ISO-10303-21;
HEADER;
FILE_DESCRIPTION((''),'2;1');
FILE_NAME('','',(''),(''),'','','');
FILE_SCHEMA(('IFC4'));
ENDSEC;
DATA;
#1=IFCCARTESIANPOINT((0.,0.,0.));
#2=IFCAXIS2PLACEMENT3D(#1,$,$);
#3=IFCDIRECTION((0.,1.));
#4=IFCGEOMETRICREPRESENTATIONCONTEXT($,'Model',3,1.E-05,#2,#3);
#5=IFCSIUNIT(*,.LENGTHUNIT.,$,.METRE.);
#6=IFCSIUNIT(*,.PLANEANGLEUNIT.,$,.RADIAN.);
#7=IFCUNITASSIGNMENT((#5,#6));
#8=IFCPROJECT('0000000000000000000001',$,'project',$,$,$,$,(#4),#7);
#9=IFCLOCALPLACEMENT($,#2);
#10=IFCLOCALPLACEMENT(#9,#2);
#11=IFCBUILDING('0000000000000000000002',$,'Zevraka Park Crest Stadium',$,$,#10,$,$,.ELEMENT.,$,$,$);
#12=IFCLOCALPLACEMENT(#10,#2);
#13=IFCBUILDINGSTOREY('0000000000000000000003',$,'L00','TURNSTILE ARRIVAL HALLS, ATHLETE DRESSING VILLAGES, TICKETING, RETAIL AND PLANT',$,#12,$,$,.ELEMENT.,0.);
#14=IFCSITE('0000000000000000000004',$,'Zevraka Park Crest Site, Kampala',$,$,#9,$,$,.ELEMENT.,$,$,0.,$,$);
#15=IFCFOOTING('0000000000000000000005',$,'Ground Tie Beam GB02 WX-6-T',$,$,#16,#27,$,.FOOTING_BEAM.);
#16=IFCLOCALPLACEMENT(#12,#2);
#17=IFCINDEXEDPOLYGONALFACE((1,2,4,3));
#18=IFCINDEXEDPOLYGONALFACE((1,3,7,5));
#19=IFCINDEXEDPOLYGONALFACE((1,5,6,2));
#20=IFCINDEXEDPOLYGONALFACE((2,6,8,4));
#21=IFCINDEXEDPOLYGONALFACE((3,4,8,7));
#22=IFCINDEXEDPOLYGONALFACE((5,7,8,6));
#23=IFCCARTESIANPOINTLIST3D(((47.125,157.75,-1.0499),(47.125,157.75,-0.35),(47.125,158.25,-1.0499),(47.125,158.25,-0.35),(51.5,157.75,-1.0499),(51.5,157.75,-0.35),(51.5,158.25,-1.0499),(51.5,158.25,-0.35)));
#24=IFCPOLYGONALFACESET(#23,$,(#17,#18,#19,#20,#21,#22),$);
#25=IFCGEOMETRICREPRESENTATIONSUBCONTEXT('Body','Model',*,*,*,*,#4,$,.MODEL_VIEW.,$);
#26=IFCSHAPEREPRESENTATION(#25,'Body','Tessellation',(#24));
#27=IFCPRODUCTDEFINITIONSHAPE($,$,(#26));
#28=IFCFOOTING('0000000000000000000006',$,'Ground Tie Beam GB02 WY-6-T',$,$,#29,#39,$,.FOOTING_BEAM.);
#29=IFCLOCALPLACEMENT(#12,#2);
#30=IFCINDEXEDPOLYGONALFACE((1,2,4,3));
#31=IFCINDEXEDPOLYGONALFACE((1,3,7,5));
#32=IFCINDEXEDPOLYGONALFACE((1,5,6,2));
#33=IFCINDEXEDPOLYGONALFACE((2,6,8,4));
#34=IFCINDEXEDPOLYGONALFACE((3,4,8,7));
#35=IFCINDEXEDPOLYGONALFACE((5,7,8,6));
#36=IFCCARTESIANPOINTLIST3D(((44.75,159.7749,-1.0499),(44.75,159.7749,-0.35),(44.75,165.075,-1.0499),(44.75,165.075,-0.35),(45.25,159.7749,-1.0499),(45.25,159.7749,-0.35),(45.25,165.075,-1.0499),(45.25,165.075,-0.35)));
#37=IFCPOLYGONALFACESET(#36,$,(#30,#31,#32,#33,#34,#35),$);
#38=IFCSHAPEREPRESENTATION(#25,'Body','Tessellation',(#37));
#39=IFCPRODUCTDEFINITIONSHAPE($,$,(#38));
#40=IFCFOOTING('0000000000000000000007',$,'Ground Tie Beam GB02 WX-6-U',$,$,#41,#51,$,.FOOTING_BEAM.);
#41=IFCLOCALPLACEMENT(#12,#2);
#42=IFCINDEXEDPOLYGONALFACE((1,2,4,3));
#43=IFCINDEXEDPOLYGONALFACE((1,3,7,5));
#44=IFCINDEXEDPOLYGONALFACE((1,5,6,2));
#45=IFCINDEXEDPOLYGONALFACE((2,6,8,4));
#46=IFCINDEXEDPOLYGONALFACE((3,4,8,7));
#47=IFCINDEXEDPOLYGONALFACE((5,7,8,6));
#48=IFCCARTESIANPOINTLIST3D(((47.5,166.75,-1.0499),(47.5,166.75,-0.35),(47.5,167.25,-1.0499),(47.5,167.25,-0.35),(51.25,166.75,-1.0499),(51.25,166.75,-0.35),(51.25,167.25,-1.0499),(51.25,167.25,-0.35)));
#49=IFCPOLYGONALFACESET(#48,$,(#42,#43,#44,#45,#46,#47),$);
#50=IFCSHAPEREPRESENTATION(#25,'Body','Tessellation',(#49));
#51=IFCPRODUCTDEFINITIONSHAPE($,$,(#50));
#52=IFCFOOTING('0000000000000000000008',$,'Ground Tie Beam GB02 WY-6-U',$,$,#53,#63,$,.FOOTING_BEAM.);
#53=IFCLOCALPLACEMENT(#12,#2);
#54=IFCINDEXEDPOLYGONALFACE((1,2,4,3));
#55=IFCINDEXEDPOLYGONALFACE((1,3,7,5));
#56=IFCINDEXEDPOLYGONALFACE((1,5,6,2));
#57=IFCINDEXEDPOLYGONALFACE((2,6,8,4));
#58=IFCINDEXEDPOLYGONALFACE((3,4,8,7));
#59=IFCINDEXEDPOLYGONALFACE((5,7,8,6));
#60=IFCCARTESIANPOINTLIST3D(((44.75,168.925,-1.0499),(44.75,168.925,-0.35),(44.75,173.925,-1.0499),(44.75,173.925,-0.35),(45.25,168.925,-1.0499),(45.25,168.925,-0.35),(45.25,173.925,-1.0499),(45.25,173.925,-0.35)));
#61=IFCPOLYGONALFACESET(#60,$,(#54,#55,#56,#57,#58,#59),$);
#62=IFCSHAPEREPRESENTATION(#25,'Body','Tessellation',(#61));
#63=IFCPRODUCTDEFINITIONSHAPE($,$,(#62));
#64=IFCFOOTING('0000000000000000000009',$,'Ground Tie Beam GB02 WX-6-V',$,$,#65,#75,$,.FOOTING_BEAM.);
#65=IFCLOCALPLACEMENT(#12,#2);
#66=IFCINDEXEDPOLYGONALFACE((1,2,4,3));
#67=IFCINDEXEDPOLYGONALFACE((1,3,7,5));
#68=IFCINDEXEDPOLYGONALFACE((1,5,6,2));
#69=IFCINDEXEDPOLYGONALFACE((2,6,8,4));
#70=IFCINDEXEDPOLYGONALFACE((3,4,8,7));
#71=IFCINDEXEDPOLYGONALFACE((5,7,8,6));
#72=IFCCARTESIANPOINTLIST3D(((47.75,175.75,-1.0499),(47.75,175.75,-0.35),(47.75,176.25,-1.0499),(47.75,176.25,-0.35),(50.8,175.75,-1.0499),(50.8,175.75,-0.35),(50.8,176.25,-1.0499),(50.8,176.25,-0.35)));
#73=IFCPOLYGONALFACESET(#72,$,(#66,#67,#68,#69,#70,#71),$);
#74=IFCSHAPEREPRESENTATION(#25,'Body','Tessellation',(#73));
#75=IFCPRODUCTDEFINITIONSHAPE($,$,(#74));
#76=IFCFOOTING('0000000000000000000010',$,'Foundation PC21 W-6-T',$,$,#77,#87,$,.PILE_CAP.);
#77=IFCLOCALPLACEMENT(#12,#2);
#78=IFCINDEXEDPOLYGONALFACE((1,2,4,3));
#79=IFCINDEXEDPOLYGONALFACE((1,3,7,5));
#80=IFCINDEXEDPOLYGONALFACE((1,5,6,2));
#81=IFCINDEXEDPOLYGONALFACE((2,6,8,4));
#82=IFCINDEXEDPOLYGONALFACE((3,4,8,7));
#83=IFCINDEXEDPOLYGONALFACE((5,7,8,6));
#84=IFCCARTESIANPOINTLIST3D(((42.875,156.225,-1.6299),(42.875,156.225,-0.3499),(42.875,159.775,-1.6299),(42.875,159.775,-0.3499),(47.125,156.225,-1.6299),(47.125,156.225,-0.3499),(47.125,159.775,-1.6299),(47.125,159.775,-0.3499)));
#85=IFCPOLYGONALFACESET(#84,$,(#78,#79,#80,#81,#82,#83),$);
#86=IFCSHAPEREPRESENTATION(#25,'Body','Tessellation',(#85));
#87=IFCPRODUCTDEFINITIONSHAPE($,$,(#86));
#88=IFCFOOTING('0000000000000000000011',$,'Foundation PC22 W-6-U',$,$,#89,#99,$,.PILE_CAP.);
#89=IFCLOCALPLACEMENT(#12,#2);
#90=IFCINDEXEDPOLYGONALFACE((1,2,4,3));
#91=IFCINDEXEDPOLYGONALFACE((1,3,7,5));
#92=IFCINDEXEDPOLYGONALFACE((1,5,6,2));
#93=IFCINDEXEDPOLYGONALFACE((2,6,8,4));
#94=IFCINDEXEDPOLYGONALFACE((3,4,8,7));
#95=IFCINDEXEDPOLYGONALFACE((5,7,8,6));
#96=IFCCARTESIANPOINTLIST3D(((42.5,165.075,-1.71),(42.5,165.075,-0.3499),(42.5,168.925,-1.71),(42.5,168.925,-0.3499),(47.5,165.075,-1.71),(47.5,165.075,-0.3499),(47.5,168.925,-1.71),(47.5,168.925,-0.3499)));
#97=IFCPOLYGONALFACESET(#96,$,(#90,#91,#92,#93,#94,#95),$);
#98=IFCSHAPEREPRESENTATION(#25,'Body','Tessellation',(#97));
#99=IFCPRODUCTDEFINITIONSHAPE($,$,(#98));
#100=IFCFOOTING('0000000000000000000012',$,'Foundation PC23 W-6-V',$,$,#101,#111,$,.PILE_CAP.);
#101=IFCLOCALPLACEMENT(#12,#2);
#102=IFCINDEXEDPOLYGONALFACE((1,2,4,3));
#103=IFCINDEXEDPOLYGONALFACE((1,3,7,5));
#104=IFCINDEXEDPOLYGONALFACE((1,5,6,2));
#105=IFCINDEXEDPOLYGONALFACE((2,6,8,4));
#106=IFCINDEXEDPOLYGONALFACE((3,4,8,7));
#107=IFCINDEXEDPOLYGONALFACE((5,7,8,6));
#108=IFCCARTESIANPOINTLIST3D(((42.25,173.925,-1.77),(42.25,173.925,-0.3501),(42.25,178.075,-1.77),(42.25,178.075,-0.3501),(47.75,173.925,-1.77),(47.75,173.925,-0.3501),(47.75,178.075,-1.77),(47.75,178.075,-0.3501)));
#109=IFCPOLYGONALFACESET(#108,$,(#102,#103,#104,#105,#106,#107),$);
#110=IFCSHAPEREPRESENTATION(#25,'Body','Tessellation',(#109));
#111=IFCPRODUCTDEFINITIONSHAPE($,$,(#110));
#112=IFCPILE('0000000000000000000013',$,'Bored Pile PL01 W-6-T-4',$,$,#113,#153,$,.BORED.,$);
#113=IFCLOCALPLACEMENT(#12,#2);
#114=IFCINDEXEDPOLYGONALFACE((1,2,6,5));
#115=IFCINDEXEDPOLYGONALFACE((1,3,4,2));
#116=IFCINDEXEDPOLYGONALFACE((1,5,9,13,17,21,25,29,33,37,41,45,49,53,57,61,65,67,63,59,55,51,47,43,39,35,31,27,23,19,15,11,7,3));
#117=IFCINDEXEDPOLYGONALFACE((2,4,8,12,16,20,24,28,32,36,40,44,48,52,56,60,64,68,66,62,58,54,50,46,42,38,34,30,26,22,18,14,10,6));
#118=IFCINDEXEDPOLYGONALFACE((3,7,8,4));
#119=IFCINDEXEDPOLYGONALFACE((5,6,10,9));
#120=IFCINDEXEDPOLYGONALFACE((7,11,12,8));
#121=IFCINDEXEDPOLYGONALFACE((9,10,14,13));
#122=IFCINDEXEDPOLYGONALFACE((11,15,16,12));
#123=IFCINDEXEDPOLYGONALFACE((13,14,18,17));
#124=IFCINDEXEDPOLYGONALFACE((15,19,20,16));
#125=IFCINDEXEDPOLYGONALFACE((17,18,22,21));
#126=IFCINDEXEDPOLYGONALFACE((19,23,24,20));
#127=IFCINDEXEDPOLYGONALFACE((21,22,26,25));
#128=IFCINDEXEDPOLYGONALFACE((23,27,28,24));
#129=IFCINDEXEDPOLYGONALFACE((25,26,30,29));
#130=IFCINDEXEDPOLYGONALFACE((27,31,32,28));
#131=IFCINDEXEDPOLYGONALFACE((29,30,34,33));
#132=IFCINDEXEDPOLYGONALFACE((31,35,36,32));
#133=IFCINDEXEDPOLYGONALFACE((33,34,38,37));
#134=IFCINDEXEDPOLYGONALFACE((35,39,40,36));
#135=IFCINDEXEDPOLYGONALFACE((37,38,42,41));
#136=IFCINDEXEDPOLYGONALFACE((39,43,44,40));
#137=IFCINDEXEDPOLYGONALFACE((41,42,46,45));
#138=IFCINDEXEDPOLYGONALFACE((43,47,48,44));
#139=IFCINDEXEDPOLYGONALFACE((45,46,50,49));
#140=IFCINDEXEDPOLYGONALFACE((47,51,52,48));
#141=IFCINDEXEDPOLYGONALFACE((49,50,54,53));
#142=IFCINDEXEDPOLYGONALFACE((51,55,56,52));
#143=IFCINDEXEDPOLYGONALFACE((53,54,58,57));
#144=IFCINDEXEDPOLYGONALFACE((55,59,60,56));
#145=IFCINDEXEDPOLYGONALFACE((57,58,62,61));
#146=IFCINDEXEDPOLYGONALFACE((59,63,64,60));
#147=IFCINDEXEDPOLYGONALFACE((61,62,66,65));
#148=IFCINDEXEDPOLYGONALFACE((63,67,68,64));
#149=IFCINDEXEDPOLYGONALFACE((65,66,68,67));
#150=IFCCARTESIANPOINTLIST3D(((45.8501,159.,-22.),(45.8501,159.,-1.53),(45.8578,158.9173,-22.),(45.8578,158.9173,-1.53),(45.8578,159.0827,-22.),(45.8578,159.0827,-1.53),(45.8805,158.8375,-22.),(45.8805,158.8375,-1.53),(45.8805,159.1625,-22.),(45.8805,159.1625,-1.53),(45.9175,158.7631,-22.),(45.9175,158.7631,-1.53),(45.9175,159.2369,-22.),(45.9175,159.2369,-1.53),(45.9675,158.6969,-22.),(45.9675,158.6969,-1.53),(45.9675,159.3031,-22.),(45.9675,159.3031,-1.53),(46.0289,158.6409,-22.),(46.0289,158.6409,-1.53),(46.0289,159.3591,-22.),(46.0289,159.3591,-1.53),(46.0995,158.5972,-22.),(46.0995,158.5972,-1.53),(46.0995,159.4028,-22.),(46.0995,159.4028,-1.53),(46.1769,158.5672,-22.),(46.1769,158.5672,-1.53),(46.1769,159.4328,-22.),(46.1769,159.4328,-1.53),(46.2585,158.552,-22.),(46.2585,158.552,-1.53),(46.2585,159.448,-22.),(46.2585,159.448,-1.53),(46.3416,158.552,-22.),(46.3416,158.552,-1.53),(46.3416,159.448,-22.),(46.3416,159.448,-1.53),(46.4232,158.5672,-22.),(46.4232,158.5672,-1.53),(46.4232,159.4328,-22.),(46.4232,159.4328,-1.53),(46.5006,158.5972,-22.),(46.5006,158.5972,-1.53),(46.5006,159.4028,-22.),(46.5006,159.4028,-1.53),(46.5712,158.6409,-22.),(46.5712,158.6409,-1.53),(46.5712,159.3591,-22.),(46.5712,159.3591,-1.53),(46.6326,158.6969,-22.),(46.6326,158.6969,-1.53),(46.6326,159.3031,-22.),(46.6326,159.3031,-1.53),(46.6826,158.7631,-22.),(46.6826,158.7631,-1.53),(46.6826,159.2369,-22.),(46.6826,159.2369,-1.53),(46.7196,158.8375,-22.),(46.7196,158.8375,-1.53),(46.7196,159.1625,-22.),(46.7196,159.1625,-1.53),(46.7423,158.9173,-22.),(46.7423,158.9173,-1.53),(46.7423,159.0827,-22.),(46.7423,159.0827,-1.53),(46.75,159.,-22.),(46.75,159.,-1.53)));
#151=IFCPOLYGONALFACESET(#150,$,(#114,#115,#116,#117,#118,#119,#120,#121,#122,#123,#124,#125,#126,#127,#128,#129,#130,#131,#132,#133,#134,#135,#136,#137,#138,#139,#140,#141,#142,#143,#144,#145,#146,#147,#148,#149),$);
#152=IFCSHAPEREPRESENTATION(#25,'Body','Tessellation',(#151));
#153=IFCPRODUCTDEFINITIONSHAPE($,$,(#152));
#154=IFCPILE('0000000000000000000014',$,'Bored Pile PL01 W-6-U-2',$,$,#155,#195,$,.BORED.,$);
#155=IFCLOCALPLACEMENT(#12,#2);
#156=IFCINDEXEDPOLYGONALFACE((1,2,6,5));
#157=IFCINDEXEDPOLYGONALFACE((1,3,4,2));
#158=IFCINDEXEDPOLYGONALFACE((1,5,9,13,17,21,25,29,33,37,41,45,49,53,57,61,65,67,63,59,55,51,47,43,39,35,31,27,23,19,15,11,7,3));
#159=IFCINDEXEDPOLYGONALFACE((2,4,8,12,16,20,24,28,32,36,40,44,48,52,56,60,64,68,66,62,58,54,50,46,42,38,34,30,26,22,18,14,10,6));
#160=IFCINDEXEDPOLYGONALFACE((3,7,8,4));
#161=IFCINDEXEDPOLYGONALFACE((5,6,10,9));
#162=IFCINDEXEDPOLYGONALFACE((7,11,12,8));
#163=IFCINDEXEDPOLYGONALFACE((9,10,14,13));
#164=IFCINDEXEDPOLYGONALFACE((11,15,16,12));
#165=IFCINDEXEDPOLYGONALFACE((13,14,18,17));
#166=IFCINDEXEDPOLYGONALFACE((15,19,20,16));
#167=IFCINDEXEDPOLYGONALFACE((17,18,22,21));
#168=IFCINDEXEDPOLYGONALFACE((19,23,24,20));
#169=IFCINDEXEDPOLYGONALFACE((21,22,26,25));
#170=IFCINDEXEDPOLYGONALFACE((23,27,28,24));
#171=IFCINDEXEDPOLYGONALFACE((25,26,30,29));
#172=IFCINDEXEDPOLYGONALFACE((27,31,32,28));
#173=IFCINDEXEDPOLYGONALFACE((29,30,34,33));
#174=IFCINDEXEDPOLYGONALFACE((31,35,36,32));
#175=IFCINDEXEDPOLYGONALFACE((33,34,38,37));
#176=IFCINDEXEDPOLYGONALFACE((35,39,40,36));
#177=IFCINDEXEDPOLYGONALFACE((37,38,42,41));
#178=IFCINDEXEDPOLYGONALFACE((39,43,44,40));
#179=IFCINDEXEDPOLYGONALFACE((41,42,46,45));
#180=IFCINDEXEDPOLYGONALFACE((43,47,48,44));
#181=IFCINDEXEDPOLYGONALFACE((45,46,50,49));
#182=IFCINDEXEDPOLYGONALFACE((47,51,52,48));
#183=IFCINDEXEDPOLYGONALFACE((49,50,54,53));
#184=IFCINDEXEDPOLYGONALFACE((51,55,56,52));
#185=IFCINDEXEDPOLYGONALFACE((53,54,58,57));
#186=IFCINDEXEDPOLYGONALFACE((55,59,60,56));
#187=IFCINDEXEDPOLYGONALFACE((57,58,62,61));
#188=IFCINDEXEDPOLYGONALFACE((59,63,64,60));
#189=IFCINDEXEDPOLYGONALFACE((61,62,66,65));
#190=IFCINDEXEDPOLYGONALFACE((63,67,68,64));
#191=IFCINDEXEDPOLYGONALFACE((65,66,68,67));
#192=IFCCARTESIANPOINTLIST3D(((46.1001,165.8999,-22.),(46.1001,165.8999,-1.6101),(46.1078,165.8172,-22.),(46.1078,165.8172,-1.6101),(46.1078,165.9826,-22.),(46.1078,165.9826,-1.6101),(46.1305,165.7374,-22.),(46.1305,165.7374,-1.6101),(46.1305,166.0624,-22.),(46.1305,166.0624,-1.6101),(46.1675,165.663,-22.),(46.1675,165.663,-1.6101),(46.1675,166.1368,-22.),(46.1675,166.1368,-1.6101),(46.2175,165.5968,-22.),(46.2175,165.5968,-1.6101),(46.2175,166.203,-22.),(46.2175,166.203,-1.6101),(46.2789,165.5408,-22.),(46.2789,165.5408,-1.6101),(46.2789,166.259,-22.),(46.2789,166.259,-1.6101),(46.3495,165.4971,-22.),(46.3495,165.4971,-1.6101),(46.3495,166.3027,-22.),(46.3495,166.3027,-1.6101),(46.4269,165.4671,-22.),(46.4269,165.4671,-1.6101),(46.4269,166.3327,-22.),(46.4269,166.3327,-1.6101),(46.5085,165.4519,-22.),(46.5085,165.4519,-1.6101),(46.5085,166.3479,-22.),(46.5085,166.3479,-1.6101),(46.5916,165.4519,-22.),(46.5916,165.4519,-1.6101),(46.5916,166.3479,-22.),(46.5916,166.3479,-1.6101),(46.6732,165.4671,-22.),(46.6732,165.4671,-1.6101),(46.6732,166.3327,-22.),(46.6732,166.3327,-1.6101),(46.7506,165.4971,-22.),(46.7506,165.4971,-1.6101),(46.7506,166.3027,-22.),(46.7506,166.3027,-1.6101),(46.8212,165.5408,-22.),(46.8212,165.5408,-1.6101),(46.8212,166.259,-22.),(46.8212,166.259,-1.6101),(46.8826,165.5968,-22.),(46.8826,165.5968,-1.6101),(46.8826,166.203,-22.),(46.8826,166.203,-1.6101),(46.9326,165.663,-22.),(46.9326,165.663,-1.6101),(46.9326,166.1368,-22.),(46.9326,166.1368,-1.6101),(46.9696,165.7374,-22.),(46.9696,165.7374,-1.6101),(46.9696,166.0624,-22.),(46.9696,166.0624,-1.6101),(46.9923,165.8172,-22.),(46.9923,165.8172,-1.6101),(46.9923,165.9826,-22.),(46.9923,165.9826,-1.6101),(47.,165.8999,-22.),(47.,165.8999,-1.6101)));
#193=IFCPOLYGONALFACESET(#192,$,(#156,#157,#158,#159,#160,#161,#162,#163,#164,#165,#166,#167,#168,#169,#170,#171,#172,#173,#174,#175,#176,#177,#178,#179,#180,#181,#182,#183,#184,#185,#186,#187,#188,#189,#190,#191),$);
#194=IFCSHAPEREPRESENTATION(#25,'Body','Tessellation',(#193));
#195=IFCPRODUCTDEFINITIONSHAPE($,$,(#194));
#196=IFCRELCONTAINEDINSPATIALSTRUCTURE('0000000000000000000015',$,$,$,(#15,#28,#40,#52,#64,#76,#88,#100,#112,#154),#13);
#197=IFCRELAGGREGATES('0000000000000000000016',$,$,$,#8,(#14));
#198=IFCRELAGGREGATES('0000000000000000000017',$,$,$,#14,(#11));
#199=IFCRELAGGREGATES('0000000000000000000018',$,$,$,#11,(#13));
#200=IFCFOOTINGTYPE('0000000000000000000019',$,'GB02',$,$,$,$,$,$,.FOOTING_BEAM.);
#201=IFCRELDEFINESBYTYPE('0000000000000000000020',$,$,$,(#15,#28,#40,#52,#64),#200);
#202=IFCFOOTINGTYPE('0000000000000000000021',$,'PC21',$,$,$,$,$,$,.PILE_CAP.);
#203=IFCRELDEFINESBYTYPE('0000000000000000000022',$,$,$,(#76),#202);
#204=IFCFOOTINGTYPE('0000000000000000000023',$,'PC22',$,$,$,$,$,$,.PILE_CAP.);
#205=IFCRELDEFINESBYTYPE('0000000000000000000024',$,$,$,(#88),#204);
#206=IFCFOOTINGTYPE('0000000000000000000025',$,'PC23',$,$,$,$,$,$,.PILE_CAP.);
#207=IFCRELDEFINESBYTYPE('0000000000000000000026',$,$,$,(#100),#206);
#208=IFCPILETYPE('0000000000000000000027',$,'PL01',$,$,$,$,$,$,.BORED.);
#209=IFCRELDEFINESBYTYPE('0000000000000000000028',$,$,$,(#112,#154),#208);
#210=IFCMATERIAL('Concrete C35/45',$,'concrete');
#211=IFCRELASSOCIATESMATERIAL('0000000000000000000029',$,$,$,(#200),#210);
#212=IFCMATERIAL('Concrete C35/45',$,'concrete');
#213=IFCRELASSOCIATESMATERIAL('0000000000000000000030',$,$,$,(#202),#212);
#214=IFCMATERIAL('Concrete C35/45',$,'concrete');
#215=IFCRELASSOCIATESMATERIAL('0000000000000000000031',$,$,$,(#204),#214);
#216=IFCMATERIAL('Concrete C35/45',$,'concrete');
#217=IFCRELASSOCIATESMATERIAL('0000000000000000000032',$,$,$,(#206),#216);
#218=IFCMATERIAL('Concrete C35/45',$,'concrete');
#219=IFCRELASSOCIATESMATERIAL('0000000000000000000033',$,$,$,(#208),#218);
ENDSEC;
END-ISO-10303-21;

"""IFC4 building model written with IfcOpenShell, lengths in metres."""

from ifc_helpers import new_model, si_unit, direction, frame, origin, origin_2d, place, context, subcontext, project, spatial, rectangle, circle, extrude, material, material_profile, profile_set, type_object, element, save


model = new_model("IFC4")

# Units and contexts
model_context = context("Model", 3, precision=1e-05, world=origin(), true_north=direction((0.0, 1.0)))
body_context = subcontext(model_context, "Body", "Model", "MODEL_VIEW")
ifc_project = project(units=[si_unit("LENGTHUNIT", "METRE"), si_unit("PLANEANGLEUNIT", "RADIAN")], contexts=[model_context])

# Site, building, storey
site_placement = place(None, origin())
site = spatial("IfcSite", under=ifc_project, at=site_placement, Name="Zevraka Park Crest Site, Kampala", CompositionType="ELEMENT", RefElevation=0.0)
building_placement = place(site_placement, origin())
building = spatial("IfcBuilding", under=site, at=building_placement, Name="Zevraka Park Crest Stadium", CompositionType="ELEMENT")
storey_placement = place(building_placement, origin())
storey = spatial("IfcBuildingStorey", under=building, at=storey_placement, Name="L00", Description="TURNSTILE ARRIVAL HALLS, ATHLETE DRESSING VILLAGES, TICKETING, RETAIL AND PLANT", CompositionType="ELEMENT", Elevation=0.0)

# Footings
ifc_material_1 = material(Name="Concrete C35/45", Category="concrete")
ifc_material_profile_1 = material_profile(ifc_material_1, rectangle(XDim=0.5, YDim=0.7, at=origin_2d()), Name="GB 700x500")
ifc_profile_set_1 = profile_set([ifc_material_profile_1], Name="Concrete C35/45")
footing_type_1 = type_object("IfcFootingType", Name="GB02", PredefinedType="FOOTING_BEAM", material=ifc_profile_set_1)
footing_1_placement = place(storey_placement, frame((47.125, 158.0, -0.7), z_axis=(1.0, 0.0, 0.0), x_axis=(0.0, 1.0, 0.0)))
element("IfcFooting", 1, at=footing_1_placement, inside=storey, type_object=footing_type_1, Name="Ground Tie Beam GB02 WX-6-T", PredefinedType="FOOTING_BEAM", context=body_context, shape_type="SweptSolid", body=[
    extrude(rectangle(XDim=0.5, YDim=0.7, at=origin_2d()), origin(), (0.0, 0.0, 1.0), 4.375),
])
footing_2_placement = place(storey_placement, frame((45.0, 159.7749, -0.7), z_axis=(0.0, 1.0, 0.0), x_axis=(-1.0, 0.0, 0.0)))
element("IfcFooting", 2, at=footing_2_placement, inside=storey, type_object=footing_type_1, Name="Ground Tie Beam GB02 WY-6-T", PredefinedType="FOOTING_BEAM", context=body_context, shape_type="SweptSolid", body=[
    extrude(rectangle(XDim=0.5, YDim=0.7, at=origin_2d()), origin(), (0.0, 0.0, 1.0), 5.3),
])
footing_3_placement = place(storey_placement, frame((47.5, 167.0, -0.7), z_axis=(1.0, 0.0, 0.0), x_axis=(0.0, 1.0, 0.0)))
element("IfcFooting", 3, at=footing_3_placement, inside=storey, type_object=footing_type_1, Name="Ground Tie Beam GB02 WX-6-U", PredefinedType="FOOTING_BEAM", context=body_context, shape_type="SweptSolid", body=[
    extrude(rectangle(XDim=0.5, YDim=0.7, at=origin_2d()), origin(), (0.0, 0.0, 1.0), 3.75),
])
footing_4_placement = place(storey_placement, frame((45.0, 168.925, -0.7), z_axis=(0.0, 1.0, 0.0), x_axis=(-1.0, 0.0, 0.0)))
element("IfcFooting", 4, at=footing_4_placement, inside=storey, type_object=footing_type_1, Name="Ground Tie Beam GB02 WY-6-U", PredefinedType="FOOTING_BEAM", context=body_context, shape_type="SweptSolid", body=[
    extrude(rectangle(XDim=0.5, YDim=0.7, at=origin_2d()), origin(), (0.0, 0.0, 1.0), 5.0),
])
footing_5_placement = place(storey_placement, frame((47.75, 176.0, -0.7), z_axis=(1.0, 0.0, 0.0), x_axis=(0.0, 1.0, 0.0)))
element("IfcFooting", 5, at=footing_5_placement, inside=storey, type_object=footing_type_1, Name="Ground Tie Beam GB02 WX-6-V", PredefinedType="FOOTING_BEAM", context=body_context, shape_type="SweptSolid", body=[
    extrude(rectangle(XDim=0.5, YDim=0.7, at=origin_2d()), origin(), (0.0, 0.0, 1.0), 3.05),
])
ifc_material_2 = material(Name="Concrete C35/45", Category="concrete")
footing_type_2 = type_object("IfcFootingType", Name="PC21", PredefinedType="PILE_CAP", material=ifc_material_2)
footing_6_placement = place(storey_placement, frame((45.0, 158.0, -1.6299), z_axis=(0.0, 0.0, 1.0), x_axis=(1.0, 0.0, 0.0)))
element("IfcFooting", 6, at=footing_6_placement, inside=storey, type_object=footing_type_2, Name="Foundation PC21 W-6-T", PredefinedType="PILE_CAP", context=body_context, shape_type="SweptSolid", body=[
    extrude(rectangle(XDim=4.25, YDim=3.55, at=origin_2d()), origin(), (0.0, 0.0, 1.0), 1.28),
])
ifc_material_3 = material(Name="Concrete C35/45", Category="concrete")
footing_type_3 = type_object("IfcFootingType", Name="PC22", PredefinedType="PILE_CAP", material=ifc_material_3)
footing_7_placement = place(storey_placement, frame((45.0, 167.0, -1.71), z_axis=(0.0, 0.0, 1.0), x_axis=(1.0, 0.0, 0.0)))
element("IfcFooting", 7, at=footing_7_placement, inside=storey, type_object=footing_type_3, Name="Foundation PC22 W-6-U", PredefinedType="PILE_CAP", context=body_context, shape_type="SweptSolid", body=[
    extrude(rectangle(XDim=5.0, YDim=3.8501, at=origin_2d()), origin(), (0.0, 0.0, 1.0), 1.3601),
])
ifc_material_4 = material(Name="Concrete C35/45", Category="concrete")
footing_type_4 = type_object("IfcFootingType", Name="PC23", PredefinedType="PILE_CAP", material=ifc_material_4)
footing_8_placement = place(storey_placement, frame((45.0, 176.0, -1.77), z_axis=(0.0, 0.0, 1.0), x_axis=(1.0, 0.0, 0.0)))
element("IfcFooting", 8, at=footing_8_placement, inside=storey, type_object=footing_type_4, Name="Foundation PC23 W-6-V", PredefinedType="PILE_CAP", context=body_context, shape_type="SweptSolid", body=[
    extrude(rectangle(XDim=5.5, YDim=4.1499, at=origin_2d()), origin(), (0.0, 0.0, 1.0), 1.4199),
])

# Piles
ifc_material_5 = material(Name="Concrete C35/45", Category="concrete")
ifc_material_profile_2 = material_profile(ifc_material_5, circle(Radius=0.45, at=origin_2d()), Name="PILE D900")
ifc_profile_set_2 = profile_set([ifc_material_profile_2], Name="Concrete C35/45")
pile_type_1 = type_object("IfcPileType", Name="PL01", PredefinedType="BORED", material=ifc_profile_set_2)
pile_1_placement = place(storey_placement, frame((46.3, 159.0, -1.53), z_axis=(0.0, 0.0, -1.0), x_axis=(1.0, 0.0, 0.0)))
element("IfcPile", 9, at=pile_1_placement, inside=storey, type_object=pile_type_1, Name="Bored Pile PL01 W-6-T-4", PredefinedType="BORED", context=body_context, shape_type="SweptSolid", body=[
    extrude(circle(Radius=0.45, at=origin_2d()), origin(), (0.0, 0.0, 1.0), 20.47),
])
for number, where, z_axis, x_axis, name in (
    (10, (46.55, 165.8999, -1.6101), (0.0, 0.0, -1.0), (1.0, 0.0, 0.0), "Bored Pile PL01 W-6-U-2"),
):
    element("IfcPile", number, at=place(storey_placement, frame(where, z_axis=z_axis, x_axis=x_axis)), inside=storey, type_object=pile_type_1, Name=name, PredefinedType="BORED", context=body_context, shape_type="SweptSolid", body=[
        extrude(circle(Radius=0.45, at=origin_2d()), origin(), (0.0, 0.0, 1.0), 20.3899),
    ])

save(model, "model.ifc")
